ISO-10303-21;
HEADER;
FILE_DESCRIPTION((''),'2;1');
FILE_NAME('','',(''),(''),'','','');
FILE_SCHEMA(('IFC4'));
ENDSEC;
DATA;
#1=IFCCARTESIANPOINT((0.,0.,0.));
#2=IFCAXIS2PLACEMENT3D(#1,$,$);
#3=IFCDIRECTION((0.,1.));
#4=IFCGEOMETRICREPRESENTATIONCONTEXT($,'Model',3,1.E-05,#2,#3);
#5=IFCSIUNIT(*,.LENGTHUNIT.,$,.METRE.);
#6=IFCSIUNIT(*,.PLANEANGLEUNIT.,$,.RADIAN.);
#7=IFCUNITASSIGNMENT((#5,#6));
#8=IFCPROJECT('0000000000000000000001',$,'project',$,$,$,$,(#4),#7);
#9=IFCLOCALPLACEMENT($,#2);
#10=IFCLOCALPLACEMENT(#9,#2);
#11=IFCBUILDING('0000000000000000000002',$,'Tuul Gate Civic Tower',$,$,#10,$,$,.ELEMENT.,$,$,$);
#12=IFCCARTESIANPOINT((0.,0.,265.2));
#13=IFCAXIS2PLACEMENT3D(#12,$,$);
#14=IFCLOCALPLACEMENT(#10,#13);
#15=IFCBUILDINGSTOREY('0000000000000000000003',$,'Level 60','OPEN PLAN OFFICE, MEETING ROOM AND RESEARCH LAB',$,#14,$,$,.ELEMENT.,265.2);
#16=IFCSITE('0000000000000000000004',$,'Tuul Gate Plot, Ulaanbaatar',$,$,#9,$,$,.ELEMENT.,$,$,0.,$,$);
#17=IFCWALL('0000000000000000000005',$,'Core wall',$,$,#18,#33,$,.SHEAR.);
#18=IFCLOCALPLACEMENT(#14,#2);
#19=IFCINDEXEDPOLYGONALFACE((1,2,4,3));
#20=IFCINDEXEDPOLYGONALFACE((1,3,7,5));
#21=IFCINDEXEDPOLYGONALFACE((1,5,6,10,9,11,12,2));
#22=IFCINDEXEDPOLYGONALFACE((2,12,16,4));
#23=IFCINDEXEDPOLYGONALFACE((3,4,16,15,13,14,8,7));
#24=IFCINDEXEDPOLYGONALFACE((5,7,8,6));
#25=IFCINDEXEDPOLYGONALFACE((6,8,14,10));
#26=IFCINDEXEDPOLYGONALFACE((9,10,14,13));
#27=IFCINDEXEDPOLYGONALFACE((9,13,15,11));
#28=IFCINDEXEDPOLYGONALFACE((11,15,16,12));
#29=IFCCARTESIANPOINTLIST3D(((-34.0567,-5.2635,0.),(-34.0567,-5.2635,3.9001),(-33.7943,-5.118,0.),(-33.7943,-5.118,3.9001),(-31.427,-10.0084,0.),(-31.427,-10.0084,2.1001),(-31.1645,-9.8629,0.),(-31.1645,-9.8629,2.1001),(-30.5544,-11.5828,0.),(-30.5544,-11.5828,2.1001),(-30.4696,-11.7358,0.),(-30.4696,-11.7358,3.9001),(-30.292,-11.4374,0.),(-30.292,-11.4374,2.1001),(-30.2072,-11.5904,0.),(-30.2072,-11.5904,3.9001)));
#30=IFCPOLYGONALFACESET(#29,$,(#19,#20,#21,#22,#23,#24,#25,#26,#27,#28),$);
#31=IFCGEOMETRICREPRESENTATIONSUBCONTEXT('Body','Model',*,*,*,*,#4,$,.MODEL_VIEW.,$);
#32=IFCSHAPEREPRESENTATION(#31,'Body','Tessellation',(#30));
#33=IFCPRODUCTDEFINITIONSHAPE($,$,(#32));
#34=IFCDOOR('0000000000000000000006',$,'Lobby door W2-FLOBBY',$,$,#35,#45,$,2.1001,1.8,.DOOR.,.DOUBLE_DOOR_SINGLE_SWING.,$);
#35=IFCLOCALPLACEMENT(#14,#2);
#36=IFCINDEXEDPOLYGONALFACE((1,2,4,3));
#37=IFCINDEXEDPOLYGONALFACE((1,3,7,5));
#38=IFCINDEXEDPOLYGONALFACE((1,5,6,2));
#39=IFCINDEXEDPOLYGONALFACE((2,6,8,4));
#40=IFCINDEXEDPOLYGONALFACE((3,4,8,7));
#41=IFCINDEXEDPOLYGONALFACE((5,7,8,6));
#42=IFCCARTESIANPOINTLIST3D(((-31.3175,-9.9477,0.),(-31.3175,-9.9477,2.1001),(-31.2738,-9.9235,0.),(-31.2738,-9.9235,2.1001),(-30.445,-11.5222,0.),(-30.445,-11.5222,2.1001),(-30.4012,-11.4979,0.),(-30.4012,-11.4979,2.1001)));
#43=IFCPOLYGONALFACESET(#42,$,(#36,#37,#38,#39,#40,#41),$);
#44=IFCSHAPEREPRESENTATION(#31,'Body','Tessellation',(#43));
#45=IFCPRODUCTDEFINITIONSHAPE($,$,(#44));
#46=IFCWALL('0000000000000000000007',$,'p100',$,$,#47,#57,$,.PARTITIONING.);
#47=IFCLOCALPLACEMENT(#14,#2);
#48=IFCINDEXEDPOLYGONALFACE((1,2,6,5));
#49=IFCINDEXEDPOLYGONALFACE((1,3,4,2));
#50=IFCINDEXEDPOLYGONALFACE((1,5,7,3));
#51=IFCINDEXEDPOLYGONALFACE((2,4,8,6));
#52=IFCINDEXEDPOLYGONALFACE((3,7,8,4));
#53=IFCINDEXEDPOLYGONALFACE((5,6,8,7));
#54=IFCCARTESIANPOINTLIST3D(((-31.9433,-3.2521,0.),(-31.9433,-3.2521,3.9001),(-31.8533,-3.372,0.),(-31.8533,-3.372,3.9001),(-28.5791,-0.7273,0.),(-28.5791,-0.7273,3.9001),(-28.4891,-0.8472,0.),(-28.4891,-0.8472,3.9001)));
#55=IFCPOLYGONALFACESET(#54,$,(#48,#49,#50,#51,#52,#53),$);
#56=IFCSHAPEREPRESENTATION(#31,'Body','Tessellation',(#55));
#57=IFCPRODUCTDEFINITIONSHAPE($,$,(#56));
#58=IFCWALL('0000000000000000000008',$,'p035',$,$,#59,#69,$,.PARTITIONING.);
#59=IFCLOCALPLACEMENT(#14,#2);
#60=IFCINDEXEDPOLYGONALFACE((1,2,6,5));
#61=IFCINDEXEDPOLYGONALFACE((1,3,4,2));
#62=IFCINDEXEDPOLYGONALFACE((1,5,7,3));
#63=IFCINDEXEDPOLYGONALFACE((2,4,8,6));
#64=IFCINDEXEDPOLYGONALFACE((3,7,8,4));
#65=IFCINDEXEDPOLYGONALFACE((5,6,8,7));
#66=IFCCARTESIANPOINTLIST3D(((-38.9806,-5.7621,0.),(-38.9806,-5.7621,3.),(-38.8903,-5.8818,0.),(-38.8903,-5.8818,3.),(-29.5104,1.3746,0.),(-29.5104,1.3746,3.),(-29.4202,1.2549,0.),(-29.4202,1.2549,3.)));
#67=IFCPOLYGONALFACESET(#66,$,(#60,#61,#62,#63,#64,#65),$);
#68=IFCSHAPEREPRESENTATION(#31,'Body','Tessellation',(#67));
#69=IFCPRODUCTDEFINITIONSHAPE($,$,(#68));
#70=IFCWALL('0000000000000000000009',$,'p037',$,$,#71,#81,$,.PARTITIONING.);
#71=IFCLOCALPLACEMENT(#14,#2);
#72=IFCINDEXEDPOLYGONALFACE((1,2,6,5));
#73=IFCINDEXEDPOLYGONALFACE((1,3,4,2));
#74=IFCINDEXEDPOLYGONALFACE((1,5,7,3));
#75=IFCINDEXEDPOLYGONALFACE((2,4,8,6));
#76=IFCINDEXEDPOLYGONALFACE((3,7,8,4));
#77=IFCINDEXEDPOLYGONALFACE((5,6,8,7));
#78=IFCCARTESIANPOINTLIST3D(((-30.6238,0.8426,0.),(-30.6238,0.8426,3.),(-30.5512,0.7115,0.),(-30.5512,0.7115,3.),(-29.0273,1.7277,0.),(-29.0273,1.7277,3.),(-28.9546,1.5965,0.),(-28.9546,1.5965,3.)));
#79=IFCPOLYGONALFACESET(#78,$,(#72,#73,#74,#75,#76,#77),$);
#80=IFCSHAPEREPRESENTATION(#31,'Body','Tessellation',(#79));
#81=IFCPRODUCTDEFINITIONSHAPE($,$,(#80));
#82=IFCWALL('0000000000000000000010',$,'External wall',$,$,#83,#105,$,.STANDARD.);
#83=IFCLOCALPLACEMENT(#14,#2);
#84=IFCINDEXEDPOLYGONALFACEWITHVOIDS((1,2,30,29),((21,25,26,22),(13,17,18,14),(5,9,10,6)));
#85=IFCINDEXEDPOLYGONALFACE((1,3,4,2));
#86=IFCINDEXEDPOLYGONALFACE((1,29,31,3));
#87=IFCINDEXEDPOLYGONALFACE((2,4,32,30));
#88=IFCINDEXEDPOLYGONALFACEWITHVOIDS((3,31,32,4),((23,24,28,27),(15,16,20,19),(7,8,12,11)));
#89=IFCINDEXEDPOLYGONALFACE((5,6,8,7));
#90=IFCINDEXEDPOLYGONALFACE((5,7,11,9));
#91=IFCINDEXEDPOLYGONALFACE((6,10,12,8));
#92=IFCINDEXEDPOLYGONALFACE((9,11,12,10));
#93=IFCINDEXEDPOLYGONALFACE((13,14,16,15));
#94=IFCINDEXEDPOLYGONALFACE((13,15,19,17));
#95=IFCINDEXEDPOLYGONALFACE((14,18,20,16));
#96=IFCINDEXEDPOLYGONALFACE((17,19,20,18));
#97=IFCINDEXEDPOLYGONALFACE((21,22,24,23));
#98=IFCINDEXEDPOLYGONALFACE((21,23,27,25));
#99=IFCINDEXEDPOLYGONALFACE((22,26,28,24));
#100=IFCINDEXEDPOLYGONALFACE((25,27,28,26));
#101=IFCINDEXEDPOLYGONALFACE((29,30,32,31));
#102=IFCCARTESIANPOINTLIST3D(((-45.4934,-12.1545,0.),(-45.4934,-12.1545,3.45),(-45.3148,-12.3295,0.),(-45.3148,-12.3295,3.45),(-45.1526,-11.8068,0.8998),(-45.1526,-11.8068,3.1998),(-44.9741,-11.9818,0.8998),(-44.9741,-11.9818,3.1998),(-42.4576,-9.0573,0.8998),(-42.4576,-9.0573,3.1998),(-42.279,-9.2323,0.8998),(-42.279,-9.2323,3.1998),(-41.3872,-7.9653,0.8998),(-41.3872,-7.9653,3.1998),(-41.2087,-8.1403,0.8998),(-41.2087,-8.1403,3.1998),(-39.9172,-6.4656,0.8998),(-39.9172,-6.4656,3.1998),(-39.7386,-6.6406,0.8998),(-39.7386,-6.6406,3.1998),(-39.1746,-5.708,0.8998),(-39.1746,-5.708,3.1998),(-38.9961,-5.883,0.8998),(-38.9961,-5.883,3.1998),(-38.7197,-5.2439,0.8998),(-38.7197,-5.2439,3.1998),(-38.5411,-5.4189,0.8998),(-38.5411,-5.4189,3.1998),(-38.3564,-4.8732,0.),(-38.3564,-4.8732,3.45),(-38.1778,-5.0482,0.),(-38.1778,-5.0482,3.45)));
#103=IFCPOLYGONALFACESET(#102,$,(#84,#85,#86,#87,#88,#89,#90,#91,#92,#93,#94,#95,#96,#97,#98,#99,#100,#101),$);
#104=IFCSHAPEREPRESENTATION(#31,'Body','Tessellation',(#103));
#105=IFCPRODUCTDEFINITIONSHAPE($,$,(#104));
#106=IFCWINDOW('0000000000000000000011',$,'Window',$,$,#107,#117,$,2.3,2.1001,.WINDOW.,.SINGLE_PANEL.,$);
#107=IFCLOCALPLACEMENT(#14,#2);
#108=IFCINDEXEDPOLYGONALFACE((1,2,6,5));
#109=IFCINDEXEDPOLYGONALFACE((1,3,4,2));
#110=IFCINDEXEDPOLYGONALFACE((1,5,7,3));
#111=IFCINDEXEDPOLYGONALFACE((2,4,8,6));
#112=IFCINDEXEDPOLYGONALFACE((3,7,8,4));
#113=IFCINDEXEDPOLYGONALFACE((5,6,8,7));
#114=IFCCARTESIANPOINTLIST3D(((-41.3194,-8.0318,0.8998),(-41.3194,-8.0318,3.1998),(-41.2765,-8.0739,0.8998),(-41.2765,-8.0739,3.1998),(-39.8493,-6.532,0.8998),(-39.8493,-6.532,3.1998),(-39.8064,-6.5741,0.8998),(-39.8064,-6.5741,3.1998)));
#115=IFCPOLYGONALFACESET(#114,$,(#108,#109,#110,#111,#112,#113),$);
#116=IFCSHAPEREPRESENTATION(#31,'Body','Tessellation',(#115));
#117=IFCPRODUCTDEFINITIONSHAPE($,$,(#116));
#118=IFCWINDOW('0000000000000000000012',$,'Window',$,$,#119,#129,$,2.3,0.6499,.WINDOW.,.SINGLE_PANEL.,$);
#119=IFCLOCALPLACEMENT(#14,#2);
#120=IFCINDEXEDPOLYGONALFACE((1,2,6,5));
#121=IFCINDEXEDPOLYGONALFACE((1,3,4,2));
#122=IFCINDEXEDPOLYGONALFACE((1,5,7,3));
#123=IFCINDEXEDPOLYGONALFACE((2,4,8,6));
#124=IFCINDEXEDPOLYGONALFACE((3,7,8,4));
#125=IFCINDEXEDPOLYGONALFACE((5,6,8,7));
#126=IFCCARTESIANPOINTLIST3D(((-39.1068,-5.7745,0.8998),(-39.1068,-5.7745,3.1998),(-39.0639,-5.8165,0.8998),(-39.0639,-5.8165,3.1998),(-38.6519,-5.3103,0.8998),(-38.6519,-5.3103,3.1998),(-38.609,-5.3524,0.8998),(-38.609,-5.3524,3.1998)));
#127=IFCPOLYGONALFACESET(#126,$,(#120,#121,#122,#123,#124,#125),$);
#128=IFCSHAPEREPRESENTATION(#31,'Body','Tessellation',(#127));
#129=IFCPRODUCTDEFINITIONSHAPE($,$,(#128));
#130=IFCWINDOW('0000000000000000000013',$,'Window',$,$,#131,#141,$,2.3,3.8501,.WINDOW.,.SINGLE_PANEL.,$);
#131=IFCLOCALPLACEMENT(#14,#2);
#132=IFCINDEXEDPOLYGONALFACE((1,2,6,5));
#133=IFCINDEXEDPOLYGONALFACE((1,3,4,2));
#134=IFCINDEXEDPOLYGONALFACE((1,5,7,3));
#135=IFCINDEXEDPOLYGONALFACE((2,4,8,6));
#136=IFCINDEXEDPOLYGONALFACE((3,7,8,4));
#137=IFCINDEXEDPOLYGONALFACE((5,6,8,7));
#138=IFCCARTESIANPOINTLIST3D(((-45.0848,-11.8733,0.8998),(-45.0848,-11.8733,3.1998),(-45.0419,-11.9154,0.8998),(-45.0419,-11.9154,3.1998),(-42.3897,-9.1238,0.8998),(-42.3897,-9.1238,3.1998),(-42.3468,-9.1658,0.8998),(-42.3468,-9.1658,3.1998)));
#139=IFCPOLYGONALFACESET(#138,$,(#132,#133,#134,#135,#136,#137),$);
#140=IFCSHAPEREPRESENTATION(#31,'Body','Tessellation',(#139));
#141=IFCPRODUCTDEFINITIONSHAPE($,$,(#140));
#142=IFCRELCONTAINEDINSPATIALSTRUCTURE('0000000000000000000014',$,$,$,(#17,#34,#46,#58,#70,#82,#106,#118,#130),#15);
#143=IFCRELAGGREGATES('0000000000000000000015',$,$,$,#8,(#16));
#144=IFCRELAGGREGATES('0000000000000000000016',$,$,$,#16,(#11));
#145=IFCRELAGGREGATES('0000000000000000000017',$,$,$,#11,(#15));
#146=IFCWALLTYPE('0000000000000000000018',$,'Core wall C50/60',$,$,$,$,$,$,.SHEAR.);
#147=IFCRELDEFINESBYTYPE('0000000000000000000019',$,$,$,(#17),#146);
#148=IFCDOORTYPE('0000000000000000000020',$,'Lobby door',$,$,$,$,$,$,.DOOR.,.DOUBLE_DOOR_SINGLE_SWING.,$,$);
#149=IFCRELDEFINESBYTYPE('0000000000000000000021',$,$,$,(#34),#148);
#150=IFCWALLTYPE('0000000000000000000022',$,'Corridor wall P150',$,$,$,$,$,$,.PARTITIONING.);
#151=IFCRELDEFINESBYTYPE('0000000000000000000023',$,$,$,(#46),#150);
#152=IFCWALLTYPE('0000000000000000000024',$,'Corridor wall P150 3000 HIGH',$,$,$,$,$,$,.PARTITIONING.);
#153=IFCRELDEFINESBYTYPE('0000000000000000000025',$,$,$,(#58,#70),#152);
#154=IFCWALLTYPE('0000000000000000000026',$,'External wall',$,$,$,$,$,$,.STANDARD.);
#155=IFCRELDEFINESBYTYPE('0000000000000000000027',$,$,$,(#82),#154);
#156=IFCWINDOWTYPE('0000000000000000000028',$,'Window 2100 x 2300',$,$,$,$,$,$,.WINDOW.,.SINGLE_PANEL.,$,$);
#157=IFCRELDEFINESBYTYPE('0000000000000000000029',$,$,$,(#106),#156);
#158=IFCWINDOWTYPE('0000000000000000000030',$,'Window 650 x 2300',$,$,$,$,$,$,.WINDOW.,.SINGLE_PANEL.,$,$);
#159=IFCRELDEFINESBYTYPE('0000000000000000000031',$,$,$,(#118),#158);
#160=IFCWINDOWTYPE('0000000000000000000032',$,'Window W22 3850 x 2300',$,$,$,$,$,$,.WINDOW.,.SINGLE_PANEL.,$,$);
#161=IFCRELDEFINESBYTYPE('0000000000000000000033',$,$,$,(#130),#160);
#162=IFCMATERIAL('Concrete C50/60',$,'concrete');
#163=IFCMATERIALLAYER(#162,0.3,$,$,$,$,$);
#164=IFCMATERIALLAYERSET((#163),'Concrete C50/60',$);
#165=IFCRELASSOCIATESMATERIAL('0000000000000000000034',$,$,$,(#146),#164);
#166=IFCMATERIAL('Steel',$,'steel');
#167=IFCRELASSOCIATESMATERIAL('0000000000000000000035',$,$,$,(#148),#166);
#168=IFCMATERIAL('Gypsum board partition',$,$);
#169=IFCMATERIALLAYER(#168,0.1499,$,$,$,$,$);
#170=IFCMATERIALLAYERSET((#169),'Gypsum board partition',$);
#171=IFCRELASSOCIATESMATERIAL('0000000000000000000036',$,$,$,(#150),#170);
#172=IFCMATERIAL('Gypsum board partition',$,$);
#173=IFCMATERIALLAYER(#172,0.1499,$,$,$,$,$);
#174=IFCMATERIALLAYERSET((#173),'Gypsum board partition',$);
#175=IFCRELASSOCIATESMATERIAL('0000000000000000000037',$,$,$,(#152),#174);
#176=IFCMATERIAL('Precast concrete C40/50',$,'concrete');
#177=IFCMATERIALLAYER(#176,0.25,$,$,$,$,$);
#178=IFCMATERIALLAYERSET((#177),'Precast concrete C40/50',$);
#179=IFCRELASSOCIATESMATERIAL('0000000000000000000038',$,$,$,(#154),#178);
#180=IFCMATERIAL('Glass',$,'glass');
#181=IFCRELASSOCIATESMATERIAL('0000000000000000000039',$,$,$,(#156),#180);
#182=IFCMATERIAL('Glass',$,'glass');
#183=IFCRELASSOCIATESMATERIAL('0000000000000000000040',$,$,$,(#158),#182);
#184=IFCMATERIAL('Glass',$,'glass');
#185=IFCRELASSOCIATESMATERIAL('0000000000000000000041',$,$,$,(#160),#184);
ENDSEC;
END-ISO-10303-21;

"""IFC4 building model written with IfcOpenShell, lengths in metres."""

from ifc_helpers import new_model, si_unit, direction, frame, frame_2d, origin, place, context, subcontext, project, spatial, rectangle, extrude, material, layer, layer_set, type_object, element, fill, save


model = new_model("IFC4")

# Units and contexts
model_context = context("Model", 3, precision=1e-05, world=origin(), true_north=direction((0.0, 1.0)))
body_context = subcontext(model_context, "Body", "Model", "MODEL_VIEW")
ifc_project = project(units=[si_unit("LENGTHUNIT", "METRE"), si_unit("PLANEANGLEUNIT", "RADIAN")], contexts=[model_context])

# Site, building, storey
site_placement = place(None, origin())
site = spatial("IfcSite", under=ifc_project, at=site_placement, Name="Tuul Gate Plot, Ulaanbaatar", CompositionType="ELEMENT", RefElevation=0.0)
building_placement = place(site_placement, origin())
building = spatial("IfcBuilding", under=site, at=building_placement, Name="Tuul Gate Civic Tower", CompositionType="ELEMENT")
storey_placement = place(building_placement, frame((0.0, 0.0, 265.2)))
storey = spatial("IfcBuildingStorey", under=building, at=storey_placement, Name="Level 60", Description="OPEN PLAN OFFICE, MEETING ROOM AND RESEARCH LAB", CompositionType="ELEMENT", Elevation=265.2)

# Shared definitions
ifc_material_1 = material(Name="Concrete C50/60", Category="concrete")
ifc_layer_1 = layer(ifc_material_1, 0.3)
ifc_layer_set_1 = layer_set([ifc_layer_1], Name="Concrete C50/60")
wall_type_1 = type_object("IfcWallType", Name="Core wall C50/60", PredefinedType="SHEAR", material=ifc_layer_set_1)

# Wall, opening, door
wall_1_placement = place(storey_placement, frame((-30.3384, -11.6631, 0.0), z_axis=(0.0, 0.0, 1.0), x_axis=(-0.484752, 0.874652, 0.0)))
wall_1 = element("IfcWall", 1, at=wall_1_placement, inside=storey, type_object=wall_type_1, Name="Core wall", PredefinedType="SHEAR", context=body_context, shape_type="SweptSolid", body=[
    extrude(rectangle(XDim=7.3999, YDim=0.3, at=frame_2d((3.7, 0.0))), origin(), (0.0, 0.0, 1.0), 3.9001),
])
opening_1_placement = place(wall_1_placement, frame((0.175, 0.0, 0.0)))
opening_1 = element("IfcOpeningElement", 2, at=opening_1_placement, cuts=wall_1, PredefinedType="OPENING", context=body_context, shape_type="SweptSolid", body=[
    extrude(rectangle(XDim=1.8, YDim=2.1001, at=frame_2d((0.8999, 1.05))), frame((0.0, 0.1602, 0.0), z_axis=(0.0, -1.0, 0.0), x_axis=(1.0, 0.0, 0.0)), (0.0, 0.0, 1.0), 0.3201),
])
ifc_material_2 = material(Name="Steel", Category="steel")
door_type_1 = type_object("IfcDoorType", Name="Lobby door", OperationType="DOUBLE_DOOR_SINGLE_SWING", PredefinedType="DOOR", material=ifc_material_2)
door_1_placement = place(opening_1_placement, origin())
door_1 = element("IfcDoor", 3, at=door_1_placement, inside=storey, type_object=door_type_1, Name="Lobby door W2-FLOBBY", OperationType="DOUBLE_DOOR_SINGLE_SWING", OverallHeight=2.1001, OverallWidth=1.8, PredefinedType="DOOR", context=body_context, shape_type="SweptSolid", body=[
    extrude(rectangle(XDim=1.8, YDim=2.1001, at=frame_2d((0.8999, 1.05))), frame((0.0, 0.0249, 0.0), z_axis=(0.0, -1.0, 0.0), x_axis=(1.0, 0.0, 0.0)), (0.0, 0.0, 1.0), 0.05),
])
fill(opening_1, door_1)

# Walls
ifc_material_3 = material(Name="Gypsum board partition")
ifc_layer_2 = layer(ifc_material_3, 0.1499)
ifc_layer_set_2 = layer_set([ifc_layer_2], Name="Gypsum board partition")
wall_type_2 = type_object("IfcWallType", Name="Corridor wall P150", PredefinedType="PARTITIONING", material=ifc_layer_set_2)
wall_2_placement = place(storey_placement, frame((-31.8982, -3.312, 0.0), z_axis=(0.0, 0.0, 1.0), x_axis=(0.799805, 0.60026, 0.0)))
element("IfcWall", 4, at=wall_2_placement, inside=storey, type_object=wall_type_2, Name="p100", PredefinedType="PARTITIONING", context=body_context, shape_type="SweptSolid", body=[
    extrude(rectangle(XDim=4.2063, YDim=0.1499, at=frame_2d((2.103, 0.0))), origin(), (0.0, 0.0, 1.0), 3.9001),
])
ifc_material_4 = material(Name="Gypsum board partition")
ifc_layer_3 = layer(ifc_material_4, 0.1499)
ifc_layer_set_3 = layer_set([ifc_layer_3], Name="Gypsum board partition")
wall_type_3 = type_object("IfcWallType", Name="Corridor wall P150 3000 HIGH", PredefinedType="PARTITIONING", material=ifc_layer_set_3)
wall_3_placement = place(storey_placement, frame((-38.9355, -5.822, 0.0), z_axis=(0.0, 0.0, 1.0), x_axis=(0.798619, 0.601837, 0.0)))
element("IfcWall", 5, at=wall_3_placement, inside=storey, type_object=wall_type_3, Name="p035", PredefinedType="PARTITIONING", context=body_context, shape_type="SweptSolid", body=[
    extrude(rectangle(XDim=11.8582, YDim=0.1499, at=frame_2d((5.9292, 0.0))), origin(), (0.0, 0.0, 1.0), 3.0),
])
wall_4_placement = place(storey_placement, frame((-30.5874, 0.7771, 0.0), z_axis=(0.0, 0.0, 1.0), x_axis=(0.874599, 0.484848, 0.0)))
element("IfcWall", 6, at=wall_4_placement, inside=storey, type_object=wall_type_3, Name="p037", PredefinedType="PARTITIONING", context=body_context, shape_type="SweptSolid", body=[
    extrude(rectangle(XDim=1.8254, YDim=0.1499, at=frame_2d((0.9126, 0.0))), origin(), (0.0, 0.0, 1.0), 3.0),
])

# Wall, openings, windows
ifc_material_5 = material(Name="Precast concrete C40/50", Category="concrete")
ifc_layer_4 = layer(ifc_material_5, 0.25)
ifc_layer_set_4 = layer_set([ifc_layer_4], Name="Precast concrete C40/50")
wall_type_4 = type_object("IfcWallType", Name="External wall", PredefinedType="STANDARD", material=ifc_layer_set_4)
wall_5_placement = place(storey_placement, frame((-38.2671, -4.9607, 0.0), z_axis=(0.0, 0.0, 1.0), x_axis=(-0.699996, -0.714147, 0.0)))
wall_5 = element("IfcWall", 7, at=wall_5_placement, inside=storey, type_object=wall_type_4, Name="External wall", PredefinedType="STANDARD", context=body_context, shape_type="SweptSolid", body=[
    extrude(rectangle(XDim=10.1958, YDim=0.25, at=frame_2d((5.0979, 0.0))), origin(), (0.0, 0.0, 1.0), 3.45),
])
opening_2_placement = place(wall_5_placement, frame((5.8589, 0.0, 0.8999)))
opening_2 = element("IfcOpeningElement", 8, at=opening_2_placement, cuts=wall_5, PredefinedType="OPENING", context=body_context, shape_type="SweptSolid", body=[
    extrude(rectangle(XDim=3.8501, YDim=2.3, at=frame_2d((1.925, 1.1499))), frame((0.0, 0.135, 0.0), z_axis=(0.0, -1.0, 0.0), x_axis=(1.0, 0.0, 0.0)), (0.0, 0.0, 1.0), 0.27),
])
opening_3_placement = place(wall_5_placement, frame((0.519, 0.0, 0.8999)))
opening_3 = element("IfcOpeningElement", 9, at=opening_3_placement, cuts=wall_5, PredefinedType="OPENING", context=body_context, shape_type="SweptSolid", body=[
    extrude(rectangle(XDim=0.6499, YDim=2.3, at=frame_2d((0.325, 1.1499))), frame((0.0, 0.135, 0.0), z_axis=(0.0, -1.0, 0.0), x_axis=(1.0, 0.0, 0.0)), (0.0, 0.0, 1.0), 0.27),
])
opening_4_placement = place(wall_5_placement, frame((2.2297, 0.0, 0.8999)))
opening_4 = element("IfcOpeningElement", 10, at=opening_4_placement, cuts=wall_5, PredefinedType="OPENING", context=body_context, shape_type="SweptSolid", body=[
    extrude(rectangle(XDim=2.1001, YDim=2.3, at=frame_2d((1.05, 1.1499))), frame((0.0, 0.135, 0.0), z_axis=(0.0, -1.0, 0.0), x_axis=(1.0, 0.0, 0.0)), (0.0, 0.0, 1.0), 0.27),
])
ifc_material_6 = material(Name="Glass", Category="glass")
window_type_1 = type_object("IfcWindowType", Name="Window 2100 x 2300", PartitioningType="SINGLE_PANEL", PredefinedType="WINDOW", material=ifc_material_6)
window_1_placement = place(opening_4_placement, origin())
window_1 = element("IfcWindow", 11, at=window_1_placement, inside=storey, type_object=window_type_1, Name="Window", OverallHeight=2.3, OverallWidth=2.1001, PartitioningType="SINGLE_PANEL", PredefinedType="WINDOW", context=body_context, shape_type="SweptSolid", body=[
    extrude(rectangle(XDim=2.1001, YDim=2.3, at=frame_2d((1.05, 1.1499))), frame((0.0, 0.03, 0.0), z_axis=(0.0, -1.0, 0.0), x_axis=(1.0, 0.0, 0.0)), (0.0, 0.0, 1.0), 0.0601),
])
fill(opening_4, window_1)
ifc_material_7 = material(Name="Glass", Category="glass")
window_type_2 = type_object("IfcWindowType", Name="Window 650 x 2300", PartitioningType="SINGLE_PANEL", PredefinedType="WINDOW", material=ifc_material_7)
window_2_placement = place(opening_3_placement, origin())
window_2 = element("IfcWindow", 12, at=window_2_placement, inside=storey, type_object=window_type_2, Name="Window", OverallHeight=2.3, OverallWidth=0.6499, PartitioningType="SINGLE_PANEL", PredefinedType="WINDOW", context=body_context, shape_type="SweptSolid", body=[
    extrude(rectangle(XDim=0.6499, YDim=2.3, at=frame_2d((0.325, 1.1499))), frame((0.0, 0.03, 0.0), z_axis=(0.0, -1.0, 0.0), x_axis=(1.0, 0.0, 0.0)), (0.0, 0.0, 1.0), 0.0601),
])
fill(opening_3, window_2)
ifc_material_8 = material(Name="Glass", Category="glass")
window_type_3 = type_object("IfcWindowType", Name="Window W22 3850 x 2300", PartitioningType="SINGLE_PANEL", PredefinedType="WINDOW", material=ifc_material_8)
window_3_placement = place(opening_2_placement, origin())
window_3 = element("IfcWindow", 13, at=window_3_placement, inside=storey, type_object=window_type_3, Name="Window", OverallHeight=2.3, OverallWidth=3.8501, PartitioningType="SINGLE_PANEL", PredefinedType="WINDOW", context=body_context, shape_type="SweptSolid", body=[
    extrude(rectangle(XDim=3.8501, YDim=2.3, at=frame_2d((1.925, 1.1499))), frame((0.0, 0.03, 0.0), z_axis=(0.0, -1.0, 0.0), x_axis=(1.0, 0.0, 0.0)), (0.0, 0.0, 1.0), 0.0601),
])
fill(opening_2, window_3)

save(model, "model.ifc")
